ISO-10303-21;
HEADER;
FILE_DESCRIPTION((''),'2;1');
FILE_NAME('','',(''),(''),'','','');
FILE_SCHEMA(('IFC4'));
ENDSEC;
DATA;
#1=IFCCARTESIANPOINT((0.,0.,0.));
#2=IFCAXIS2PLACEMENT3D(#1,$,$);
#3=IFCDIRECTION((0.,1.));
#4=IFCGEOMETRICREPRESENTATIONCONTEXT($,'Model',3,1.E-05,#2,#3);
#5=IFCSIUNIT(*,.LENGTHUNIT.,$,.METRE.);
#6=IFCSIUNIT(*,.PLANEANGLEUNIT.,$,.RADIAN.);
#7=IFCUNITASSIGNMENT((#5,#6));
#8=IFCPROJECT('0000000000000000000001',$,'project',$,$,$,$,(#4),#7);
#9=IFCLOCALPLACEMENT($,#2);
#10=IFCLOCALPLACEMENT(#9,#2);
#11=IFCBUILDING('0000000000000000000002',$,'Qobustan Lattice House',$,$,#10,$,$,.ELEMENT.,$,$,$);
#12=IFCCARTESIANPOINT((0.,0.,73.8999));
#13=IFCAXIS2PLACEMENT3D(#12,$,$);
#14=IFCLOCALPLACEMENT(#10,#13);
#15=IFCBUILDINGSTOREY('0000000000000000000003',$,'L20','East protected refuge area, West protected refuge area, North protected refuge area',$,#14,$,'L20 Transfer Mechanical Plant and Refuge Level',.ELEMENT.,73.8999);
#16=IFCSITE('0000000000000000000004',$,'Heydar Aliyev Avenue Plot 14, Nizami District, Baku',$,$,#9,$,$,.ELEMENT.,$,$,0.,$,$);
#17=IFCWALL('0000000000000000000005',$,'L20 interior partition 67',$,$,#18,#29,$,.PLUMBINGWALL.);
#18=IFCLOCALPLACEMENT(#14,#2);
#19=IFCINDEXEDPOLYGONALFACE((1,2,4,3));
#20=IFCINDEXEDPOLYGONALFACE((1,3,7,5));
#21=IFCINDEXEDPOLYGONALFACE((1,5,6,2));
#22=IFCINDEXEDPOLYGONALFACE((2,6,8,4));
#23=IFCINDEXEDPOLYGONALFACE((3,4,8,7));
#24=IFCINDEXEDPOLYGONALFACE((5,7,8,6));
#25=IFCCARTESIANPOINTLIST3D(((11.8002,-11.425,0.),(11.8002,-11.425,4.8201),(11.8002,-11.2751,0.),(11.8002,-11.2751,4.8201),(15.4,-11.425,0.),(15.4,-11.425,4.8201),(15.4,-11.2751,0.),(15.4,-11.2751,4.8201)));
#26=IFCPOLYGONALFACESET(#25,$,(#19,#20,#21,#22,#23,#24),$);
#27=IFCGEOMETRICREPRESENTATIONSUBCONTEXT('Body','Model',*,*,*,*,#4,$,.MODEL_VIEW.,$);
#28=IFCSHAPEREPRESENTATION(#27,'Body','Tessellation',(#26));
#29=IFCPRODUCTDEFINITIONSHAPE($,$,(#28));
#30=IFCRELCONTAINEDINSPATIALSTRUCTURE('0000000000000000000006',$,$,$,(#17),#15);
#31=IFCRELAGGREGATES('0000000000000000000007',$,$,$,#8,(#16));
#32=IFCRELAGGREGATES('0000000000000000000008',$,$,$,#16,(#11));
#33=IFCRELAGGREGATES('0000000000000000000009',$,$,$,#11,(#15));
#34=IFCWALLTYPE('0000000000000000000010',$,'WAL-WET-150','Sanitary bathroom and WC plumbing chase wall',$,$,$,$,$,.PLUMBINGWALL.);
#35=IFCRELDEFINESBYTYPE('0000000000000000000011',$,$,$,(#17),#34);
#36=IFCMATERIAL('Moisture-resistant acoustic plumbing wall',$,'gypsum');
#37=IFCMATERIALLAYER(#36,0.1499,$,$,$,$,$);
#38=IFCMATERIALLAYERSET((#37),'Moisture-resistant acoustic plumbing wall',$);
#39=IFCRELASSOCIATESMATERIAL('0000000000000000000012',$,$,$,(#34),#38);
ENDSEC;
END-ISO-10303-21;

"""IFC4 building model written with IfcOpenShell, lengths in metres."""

from ifc_helpers import new_model, si_unit, direction, frame, frame_2d, origin, place, context, subcontext, project, spatial, rectangle, extrude, material, layer, layer_set, type_object, element, save


model = new_model("IFC4")

# Units and contexts
model_context = context("Model", 3, precision=1e-05, world=origin(), true_north=direction((0.0, 1.0)))
body_context = subcontext(model_context, "Body", "Model", "MODEL_VIEW")
ifc_project = project(units=[si_unit("LENGTHUNIT", "METRE"), si_unit("PLANEANGLEUNIT", "RADIAN")], contexts=[model_context])

# Site, building, storey
site_placement = place(None, origin())
site = spatial("IfcSite", under=ifc_project, at=site_placement, Name="Heydar Aliyev Avenue Plot 14, Nizami District, Baku", CompositionType="ELEMENT", RefElevation=0.0)
building_placement = place(site_placement, origin())
building = spatial("IfcBuilding", under=site, at=building_placement, Name="Qobustan Lattice House", CompositionType="ELEMENT")
storey_placement = place(building_placement, frame((0.0, 0.0, 73.8999)))
storey = spatial("IfcBuildingStorey", under=building, at=storey_placement, Name="L20", Description="East protected refuge area, West protected refuge area, North protected refuge area", LongName="L20 Transfer Mechanical Plant and Refuge Level", CompositionType="ELEMENT", Elevation=73.8999)

# Shared definitions
ifc_material_1 = material(Name="Moisture-resistant acoustic plumbing wall", Category="gypsum")
ifc_layer_1 = layer(ifc_material_1, 0.1499)
ifc_layer_set_1 = layer_set([ifc_layer_1], Name="Moisture-resistant acoustic plumbing wall")
wall_type_1 = type_object("IfcWallType", Name="WAL-WET-150", Description="Sanitary bathroom and WC plumbing chase wall", PredefinedType="PLUMBINGWALL", material=ifc_layer_set_1)

# Wall
wall_1_placement = place(storey_placement, frame((15.3999, -11.3501, 0.0), z_axis=(0.0, 0.0, 1.0), x_axis=(-1.0, 0.0, 0.0)))
element("IfcWall", 1, at=wall_1_placement, inside=storey, type_object=wall_type_1, Name="L20 interior partition 67", PredefinedType="PLUMBINGWALL", context=body_context, shape_type="SweptSolid", body=[
    extrude(rectangle(XDim=3.5999, YDim=0.1499, at=frame_2d((1.7998, 0.0))), origin(), (0.0, 0.0, 1.0), 4.8201),
])

save(model, "model.ifc")
